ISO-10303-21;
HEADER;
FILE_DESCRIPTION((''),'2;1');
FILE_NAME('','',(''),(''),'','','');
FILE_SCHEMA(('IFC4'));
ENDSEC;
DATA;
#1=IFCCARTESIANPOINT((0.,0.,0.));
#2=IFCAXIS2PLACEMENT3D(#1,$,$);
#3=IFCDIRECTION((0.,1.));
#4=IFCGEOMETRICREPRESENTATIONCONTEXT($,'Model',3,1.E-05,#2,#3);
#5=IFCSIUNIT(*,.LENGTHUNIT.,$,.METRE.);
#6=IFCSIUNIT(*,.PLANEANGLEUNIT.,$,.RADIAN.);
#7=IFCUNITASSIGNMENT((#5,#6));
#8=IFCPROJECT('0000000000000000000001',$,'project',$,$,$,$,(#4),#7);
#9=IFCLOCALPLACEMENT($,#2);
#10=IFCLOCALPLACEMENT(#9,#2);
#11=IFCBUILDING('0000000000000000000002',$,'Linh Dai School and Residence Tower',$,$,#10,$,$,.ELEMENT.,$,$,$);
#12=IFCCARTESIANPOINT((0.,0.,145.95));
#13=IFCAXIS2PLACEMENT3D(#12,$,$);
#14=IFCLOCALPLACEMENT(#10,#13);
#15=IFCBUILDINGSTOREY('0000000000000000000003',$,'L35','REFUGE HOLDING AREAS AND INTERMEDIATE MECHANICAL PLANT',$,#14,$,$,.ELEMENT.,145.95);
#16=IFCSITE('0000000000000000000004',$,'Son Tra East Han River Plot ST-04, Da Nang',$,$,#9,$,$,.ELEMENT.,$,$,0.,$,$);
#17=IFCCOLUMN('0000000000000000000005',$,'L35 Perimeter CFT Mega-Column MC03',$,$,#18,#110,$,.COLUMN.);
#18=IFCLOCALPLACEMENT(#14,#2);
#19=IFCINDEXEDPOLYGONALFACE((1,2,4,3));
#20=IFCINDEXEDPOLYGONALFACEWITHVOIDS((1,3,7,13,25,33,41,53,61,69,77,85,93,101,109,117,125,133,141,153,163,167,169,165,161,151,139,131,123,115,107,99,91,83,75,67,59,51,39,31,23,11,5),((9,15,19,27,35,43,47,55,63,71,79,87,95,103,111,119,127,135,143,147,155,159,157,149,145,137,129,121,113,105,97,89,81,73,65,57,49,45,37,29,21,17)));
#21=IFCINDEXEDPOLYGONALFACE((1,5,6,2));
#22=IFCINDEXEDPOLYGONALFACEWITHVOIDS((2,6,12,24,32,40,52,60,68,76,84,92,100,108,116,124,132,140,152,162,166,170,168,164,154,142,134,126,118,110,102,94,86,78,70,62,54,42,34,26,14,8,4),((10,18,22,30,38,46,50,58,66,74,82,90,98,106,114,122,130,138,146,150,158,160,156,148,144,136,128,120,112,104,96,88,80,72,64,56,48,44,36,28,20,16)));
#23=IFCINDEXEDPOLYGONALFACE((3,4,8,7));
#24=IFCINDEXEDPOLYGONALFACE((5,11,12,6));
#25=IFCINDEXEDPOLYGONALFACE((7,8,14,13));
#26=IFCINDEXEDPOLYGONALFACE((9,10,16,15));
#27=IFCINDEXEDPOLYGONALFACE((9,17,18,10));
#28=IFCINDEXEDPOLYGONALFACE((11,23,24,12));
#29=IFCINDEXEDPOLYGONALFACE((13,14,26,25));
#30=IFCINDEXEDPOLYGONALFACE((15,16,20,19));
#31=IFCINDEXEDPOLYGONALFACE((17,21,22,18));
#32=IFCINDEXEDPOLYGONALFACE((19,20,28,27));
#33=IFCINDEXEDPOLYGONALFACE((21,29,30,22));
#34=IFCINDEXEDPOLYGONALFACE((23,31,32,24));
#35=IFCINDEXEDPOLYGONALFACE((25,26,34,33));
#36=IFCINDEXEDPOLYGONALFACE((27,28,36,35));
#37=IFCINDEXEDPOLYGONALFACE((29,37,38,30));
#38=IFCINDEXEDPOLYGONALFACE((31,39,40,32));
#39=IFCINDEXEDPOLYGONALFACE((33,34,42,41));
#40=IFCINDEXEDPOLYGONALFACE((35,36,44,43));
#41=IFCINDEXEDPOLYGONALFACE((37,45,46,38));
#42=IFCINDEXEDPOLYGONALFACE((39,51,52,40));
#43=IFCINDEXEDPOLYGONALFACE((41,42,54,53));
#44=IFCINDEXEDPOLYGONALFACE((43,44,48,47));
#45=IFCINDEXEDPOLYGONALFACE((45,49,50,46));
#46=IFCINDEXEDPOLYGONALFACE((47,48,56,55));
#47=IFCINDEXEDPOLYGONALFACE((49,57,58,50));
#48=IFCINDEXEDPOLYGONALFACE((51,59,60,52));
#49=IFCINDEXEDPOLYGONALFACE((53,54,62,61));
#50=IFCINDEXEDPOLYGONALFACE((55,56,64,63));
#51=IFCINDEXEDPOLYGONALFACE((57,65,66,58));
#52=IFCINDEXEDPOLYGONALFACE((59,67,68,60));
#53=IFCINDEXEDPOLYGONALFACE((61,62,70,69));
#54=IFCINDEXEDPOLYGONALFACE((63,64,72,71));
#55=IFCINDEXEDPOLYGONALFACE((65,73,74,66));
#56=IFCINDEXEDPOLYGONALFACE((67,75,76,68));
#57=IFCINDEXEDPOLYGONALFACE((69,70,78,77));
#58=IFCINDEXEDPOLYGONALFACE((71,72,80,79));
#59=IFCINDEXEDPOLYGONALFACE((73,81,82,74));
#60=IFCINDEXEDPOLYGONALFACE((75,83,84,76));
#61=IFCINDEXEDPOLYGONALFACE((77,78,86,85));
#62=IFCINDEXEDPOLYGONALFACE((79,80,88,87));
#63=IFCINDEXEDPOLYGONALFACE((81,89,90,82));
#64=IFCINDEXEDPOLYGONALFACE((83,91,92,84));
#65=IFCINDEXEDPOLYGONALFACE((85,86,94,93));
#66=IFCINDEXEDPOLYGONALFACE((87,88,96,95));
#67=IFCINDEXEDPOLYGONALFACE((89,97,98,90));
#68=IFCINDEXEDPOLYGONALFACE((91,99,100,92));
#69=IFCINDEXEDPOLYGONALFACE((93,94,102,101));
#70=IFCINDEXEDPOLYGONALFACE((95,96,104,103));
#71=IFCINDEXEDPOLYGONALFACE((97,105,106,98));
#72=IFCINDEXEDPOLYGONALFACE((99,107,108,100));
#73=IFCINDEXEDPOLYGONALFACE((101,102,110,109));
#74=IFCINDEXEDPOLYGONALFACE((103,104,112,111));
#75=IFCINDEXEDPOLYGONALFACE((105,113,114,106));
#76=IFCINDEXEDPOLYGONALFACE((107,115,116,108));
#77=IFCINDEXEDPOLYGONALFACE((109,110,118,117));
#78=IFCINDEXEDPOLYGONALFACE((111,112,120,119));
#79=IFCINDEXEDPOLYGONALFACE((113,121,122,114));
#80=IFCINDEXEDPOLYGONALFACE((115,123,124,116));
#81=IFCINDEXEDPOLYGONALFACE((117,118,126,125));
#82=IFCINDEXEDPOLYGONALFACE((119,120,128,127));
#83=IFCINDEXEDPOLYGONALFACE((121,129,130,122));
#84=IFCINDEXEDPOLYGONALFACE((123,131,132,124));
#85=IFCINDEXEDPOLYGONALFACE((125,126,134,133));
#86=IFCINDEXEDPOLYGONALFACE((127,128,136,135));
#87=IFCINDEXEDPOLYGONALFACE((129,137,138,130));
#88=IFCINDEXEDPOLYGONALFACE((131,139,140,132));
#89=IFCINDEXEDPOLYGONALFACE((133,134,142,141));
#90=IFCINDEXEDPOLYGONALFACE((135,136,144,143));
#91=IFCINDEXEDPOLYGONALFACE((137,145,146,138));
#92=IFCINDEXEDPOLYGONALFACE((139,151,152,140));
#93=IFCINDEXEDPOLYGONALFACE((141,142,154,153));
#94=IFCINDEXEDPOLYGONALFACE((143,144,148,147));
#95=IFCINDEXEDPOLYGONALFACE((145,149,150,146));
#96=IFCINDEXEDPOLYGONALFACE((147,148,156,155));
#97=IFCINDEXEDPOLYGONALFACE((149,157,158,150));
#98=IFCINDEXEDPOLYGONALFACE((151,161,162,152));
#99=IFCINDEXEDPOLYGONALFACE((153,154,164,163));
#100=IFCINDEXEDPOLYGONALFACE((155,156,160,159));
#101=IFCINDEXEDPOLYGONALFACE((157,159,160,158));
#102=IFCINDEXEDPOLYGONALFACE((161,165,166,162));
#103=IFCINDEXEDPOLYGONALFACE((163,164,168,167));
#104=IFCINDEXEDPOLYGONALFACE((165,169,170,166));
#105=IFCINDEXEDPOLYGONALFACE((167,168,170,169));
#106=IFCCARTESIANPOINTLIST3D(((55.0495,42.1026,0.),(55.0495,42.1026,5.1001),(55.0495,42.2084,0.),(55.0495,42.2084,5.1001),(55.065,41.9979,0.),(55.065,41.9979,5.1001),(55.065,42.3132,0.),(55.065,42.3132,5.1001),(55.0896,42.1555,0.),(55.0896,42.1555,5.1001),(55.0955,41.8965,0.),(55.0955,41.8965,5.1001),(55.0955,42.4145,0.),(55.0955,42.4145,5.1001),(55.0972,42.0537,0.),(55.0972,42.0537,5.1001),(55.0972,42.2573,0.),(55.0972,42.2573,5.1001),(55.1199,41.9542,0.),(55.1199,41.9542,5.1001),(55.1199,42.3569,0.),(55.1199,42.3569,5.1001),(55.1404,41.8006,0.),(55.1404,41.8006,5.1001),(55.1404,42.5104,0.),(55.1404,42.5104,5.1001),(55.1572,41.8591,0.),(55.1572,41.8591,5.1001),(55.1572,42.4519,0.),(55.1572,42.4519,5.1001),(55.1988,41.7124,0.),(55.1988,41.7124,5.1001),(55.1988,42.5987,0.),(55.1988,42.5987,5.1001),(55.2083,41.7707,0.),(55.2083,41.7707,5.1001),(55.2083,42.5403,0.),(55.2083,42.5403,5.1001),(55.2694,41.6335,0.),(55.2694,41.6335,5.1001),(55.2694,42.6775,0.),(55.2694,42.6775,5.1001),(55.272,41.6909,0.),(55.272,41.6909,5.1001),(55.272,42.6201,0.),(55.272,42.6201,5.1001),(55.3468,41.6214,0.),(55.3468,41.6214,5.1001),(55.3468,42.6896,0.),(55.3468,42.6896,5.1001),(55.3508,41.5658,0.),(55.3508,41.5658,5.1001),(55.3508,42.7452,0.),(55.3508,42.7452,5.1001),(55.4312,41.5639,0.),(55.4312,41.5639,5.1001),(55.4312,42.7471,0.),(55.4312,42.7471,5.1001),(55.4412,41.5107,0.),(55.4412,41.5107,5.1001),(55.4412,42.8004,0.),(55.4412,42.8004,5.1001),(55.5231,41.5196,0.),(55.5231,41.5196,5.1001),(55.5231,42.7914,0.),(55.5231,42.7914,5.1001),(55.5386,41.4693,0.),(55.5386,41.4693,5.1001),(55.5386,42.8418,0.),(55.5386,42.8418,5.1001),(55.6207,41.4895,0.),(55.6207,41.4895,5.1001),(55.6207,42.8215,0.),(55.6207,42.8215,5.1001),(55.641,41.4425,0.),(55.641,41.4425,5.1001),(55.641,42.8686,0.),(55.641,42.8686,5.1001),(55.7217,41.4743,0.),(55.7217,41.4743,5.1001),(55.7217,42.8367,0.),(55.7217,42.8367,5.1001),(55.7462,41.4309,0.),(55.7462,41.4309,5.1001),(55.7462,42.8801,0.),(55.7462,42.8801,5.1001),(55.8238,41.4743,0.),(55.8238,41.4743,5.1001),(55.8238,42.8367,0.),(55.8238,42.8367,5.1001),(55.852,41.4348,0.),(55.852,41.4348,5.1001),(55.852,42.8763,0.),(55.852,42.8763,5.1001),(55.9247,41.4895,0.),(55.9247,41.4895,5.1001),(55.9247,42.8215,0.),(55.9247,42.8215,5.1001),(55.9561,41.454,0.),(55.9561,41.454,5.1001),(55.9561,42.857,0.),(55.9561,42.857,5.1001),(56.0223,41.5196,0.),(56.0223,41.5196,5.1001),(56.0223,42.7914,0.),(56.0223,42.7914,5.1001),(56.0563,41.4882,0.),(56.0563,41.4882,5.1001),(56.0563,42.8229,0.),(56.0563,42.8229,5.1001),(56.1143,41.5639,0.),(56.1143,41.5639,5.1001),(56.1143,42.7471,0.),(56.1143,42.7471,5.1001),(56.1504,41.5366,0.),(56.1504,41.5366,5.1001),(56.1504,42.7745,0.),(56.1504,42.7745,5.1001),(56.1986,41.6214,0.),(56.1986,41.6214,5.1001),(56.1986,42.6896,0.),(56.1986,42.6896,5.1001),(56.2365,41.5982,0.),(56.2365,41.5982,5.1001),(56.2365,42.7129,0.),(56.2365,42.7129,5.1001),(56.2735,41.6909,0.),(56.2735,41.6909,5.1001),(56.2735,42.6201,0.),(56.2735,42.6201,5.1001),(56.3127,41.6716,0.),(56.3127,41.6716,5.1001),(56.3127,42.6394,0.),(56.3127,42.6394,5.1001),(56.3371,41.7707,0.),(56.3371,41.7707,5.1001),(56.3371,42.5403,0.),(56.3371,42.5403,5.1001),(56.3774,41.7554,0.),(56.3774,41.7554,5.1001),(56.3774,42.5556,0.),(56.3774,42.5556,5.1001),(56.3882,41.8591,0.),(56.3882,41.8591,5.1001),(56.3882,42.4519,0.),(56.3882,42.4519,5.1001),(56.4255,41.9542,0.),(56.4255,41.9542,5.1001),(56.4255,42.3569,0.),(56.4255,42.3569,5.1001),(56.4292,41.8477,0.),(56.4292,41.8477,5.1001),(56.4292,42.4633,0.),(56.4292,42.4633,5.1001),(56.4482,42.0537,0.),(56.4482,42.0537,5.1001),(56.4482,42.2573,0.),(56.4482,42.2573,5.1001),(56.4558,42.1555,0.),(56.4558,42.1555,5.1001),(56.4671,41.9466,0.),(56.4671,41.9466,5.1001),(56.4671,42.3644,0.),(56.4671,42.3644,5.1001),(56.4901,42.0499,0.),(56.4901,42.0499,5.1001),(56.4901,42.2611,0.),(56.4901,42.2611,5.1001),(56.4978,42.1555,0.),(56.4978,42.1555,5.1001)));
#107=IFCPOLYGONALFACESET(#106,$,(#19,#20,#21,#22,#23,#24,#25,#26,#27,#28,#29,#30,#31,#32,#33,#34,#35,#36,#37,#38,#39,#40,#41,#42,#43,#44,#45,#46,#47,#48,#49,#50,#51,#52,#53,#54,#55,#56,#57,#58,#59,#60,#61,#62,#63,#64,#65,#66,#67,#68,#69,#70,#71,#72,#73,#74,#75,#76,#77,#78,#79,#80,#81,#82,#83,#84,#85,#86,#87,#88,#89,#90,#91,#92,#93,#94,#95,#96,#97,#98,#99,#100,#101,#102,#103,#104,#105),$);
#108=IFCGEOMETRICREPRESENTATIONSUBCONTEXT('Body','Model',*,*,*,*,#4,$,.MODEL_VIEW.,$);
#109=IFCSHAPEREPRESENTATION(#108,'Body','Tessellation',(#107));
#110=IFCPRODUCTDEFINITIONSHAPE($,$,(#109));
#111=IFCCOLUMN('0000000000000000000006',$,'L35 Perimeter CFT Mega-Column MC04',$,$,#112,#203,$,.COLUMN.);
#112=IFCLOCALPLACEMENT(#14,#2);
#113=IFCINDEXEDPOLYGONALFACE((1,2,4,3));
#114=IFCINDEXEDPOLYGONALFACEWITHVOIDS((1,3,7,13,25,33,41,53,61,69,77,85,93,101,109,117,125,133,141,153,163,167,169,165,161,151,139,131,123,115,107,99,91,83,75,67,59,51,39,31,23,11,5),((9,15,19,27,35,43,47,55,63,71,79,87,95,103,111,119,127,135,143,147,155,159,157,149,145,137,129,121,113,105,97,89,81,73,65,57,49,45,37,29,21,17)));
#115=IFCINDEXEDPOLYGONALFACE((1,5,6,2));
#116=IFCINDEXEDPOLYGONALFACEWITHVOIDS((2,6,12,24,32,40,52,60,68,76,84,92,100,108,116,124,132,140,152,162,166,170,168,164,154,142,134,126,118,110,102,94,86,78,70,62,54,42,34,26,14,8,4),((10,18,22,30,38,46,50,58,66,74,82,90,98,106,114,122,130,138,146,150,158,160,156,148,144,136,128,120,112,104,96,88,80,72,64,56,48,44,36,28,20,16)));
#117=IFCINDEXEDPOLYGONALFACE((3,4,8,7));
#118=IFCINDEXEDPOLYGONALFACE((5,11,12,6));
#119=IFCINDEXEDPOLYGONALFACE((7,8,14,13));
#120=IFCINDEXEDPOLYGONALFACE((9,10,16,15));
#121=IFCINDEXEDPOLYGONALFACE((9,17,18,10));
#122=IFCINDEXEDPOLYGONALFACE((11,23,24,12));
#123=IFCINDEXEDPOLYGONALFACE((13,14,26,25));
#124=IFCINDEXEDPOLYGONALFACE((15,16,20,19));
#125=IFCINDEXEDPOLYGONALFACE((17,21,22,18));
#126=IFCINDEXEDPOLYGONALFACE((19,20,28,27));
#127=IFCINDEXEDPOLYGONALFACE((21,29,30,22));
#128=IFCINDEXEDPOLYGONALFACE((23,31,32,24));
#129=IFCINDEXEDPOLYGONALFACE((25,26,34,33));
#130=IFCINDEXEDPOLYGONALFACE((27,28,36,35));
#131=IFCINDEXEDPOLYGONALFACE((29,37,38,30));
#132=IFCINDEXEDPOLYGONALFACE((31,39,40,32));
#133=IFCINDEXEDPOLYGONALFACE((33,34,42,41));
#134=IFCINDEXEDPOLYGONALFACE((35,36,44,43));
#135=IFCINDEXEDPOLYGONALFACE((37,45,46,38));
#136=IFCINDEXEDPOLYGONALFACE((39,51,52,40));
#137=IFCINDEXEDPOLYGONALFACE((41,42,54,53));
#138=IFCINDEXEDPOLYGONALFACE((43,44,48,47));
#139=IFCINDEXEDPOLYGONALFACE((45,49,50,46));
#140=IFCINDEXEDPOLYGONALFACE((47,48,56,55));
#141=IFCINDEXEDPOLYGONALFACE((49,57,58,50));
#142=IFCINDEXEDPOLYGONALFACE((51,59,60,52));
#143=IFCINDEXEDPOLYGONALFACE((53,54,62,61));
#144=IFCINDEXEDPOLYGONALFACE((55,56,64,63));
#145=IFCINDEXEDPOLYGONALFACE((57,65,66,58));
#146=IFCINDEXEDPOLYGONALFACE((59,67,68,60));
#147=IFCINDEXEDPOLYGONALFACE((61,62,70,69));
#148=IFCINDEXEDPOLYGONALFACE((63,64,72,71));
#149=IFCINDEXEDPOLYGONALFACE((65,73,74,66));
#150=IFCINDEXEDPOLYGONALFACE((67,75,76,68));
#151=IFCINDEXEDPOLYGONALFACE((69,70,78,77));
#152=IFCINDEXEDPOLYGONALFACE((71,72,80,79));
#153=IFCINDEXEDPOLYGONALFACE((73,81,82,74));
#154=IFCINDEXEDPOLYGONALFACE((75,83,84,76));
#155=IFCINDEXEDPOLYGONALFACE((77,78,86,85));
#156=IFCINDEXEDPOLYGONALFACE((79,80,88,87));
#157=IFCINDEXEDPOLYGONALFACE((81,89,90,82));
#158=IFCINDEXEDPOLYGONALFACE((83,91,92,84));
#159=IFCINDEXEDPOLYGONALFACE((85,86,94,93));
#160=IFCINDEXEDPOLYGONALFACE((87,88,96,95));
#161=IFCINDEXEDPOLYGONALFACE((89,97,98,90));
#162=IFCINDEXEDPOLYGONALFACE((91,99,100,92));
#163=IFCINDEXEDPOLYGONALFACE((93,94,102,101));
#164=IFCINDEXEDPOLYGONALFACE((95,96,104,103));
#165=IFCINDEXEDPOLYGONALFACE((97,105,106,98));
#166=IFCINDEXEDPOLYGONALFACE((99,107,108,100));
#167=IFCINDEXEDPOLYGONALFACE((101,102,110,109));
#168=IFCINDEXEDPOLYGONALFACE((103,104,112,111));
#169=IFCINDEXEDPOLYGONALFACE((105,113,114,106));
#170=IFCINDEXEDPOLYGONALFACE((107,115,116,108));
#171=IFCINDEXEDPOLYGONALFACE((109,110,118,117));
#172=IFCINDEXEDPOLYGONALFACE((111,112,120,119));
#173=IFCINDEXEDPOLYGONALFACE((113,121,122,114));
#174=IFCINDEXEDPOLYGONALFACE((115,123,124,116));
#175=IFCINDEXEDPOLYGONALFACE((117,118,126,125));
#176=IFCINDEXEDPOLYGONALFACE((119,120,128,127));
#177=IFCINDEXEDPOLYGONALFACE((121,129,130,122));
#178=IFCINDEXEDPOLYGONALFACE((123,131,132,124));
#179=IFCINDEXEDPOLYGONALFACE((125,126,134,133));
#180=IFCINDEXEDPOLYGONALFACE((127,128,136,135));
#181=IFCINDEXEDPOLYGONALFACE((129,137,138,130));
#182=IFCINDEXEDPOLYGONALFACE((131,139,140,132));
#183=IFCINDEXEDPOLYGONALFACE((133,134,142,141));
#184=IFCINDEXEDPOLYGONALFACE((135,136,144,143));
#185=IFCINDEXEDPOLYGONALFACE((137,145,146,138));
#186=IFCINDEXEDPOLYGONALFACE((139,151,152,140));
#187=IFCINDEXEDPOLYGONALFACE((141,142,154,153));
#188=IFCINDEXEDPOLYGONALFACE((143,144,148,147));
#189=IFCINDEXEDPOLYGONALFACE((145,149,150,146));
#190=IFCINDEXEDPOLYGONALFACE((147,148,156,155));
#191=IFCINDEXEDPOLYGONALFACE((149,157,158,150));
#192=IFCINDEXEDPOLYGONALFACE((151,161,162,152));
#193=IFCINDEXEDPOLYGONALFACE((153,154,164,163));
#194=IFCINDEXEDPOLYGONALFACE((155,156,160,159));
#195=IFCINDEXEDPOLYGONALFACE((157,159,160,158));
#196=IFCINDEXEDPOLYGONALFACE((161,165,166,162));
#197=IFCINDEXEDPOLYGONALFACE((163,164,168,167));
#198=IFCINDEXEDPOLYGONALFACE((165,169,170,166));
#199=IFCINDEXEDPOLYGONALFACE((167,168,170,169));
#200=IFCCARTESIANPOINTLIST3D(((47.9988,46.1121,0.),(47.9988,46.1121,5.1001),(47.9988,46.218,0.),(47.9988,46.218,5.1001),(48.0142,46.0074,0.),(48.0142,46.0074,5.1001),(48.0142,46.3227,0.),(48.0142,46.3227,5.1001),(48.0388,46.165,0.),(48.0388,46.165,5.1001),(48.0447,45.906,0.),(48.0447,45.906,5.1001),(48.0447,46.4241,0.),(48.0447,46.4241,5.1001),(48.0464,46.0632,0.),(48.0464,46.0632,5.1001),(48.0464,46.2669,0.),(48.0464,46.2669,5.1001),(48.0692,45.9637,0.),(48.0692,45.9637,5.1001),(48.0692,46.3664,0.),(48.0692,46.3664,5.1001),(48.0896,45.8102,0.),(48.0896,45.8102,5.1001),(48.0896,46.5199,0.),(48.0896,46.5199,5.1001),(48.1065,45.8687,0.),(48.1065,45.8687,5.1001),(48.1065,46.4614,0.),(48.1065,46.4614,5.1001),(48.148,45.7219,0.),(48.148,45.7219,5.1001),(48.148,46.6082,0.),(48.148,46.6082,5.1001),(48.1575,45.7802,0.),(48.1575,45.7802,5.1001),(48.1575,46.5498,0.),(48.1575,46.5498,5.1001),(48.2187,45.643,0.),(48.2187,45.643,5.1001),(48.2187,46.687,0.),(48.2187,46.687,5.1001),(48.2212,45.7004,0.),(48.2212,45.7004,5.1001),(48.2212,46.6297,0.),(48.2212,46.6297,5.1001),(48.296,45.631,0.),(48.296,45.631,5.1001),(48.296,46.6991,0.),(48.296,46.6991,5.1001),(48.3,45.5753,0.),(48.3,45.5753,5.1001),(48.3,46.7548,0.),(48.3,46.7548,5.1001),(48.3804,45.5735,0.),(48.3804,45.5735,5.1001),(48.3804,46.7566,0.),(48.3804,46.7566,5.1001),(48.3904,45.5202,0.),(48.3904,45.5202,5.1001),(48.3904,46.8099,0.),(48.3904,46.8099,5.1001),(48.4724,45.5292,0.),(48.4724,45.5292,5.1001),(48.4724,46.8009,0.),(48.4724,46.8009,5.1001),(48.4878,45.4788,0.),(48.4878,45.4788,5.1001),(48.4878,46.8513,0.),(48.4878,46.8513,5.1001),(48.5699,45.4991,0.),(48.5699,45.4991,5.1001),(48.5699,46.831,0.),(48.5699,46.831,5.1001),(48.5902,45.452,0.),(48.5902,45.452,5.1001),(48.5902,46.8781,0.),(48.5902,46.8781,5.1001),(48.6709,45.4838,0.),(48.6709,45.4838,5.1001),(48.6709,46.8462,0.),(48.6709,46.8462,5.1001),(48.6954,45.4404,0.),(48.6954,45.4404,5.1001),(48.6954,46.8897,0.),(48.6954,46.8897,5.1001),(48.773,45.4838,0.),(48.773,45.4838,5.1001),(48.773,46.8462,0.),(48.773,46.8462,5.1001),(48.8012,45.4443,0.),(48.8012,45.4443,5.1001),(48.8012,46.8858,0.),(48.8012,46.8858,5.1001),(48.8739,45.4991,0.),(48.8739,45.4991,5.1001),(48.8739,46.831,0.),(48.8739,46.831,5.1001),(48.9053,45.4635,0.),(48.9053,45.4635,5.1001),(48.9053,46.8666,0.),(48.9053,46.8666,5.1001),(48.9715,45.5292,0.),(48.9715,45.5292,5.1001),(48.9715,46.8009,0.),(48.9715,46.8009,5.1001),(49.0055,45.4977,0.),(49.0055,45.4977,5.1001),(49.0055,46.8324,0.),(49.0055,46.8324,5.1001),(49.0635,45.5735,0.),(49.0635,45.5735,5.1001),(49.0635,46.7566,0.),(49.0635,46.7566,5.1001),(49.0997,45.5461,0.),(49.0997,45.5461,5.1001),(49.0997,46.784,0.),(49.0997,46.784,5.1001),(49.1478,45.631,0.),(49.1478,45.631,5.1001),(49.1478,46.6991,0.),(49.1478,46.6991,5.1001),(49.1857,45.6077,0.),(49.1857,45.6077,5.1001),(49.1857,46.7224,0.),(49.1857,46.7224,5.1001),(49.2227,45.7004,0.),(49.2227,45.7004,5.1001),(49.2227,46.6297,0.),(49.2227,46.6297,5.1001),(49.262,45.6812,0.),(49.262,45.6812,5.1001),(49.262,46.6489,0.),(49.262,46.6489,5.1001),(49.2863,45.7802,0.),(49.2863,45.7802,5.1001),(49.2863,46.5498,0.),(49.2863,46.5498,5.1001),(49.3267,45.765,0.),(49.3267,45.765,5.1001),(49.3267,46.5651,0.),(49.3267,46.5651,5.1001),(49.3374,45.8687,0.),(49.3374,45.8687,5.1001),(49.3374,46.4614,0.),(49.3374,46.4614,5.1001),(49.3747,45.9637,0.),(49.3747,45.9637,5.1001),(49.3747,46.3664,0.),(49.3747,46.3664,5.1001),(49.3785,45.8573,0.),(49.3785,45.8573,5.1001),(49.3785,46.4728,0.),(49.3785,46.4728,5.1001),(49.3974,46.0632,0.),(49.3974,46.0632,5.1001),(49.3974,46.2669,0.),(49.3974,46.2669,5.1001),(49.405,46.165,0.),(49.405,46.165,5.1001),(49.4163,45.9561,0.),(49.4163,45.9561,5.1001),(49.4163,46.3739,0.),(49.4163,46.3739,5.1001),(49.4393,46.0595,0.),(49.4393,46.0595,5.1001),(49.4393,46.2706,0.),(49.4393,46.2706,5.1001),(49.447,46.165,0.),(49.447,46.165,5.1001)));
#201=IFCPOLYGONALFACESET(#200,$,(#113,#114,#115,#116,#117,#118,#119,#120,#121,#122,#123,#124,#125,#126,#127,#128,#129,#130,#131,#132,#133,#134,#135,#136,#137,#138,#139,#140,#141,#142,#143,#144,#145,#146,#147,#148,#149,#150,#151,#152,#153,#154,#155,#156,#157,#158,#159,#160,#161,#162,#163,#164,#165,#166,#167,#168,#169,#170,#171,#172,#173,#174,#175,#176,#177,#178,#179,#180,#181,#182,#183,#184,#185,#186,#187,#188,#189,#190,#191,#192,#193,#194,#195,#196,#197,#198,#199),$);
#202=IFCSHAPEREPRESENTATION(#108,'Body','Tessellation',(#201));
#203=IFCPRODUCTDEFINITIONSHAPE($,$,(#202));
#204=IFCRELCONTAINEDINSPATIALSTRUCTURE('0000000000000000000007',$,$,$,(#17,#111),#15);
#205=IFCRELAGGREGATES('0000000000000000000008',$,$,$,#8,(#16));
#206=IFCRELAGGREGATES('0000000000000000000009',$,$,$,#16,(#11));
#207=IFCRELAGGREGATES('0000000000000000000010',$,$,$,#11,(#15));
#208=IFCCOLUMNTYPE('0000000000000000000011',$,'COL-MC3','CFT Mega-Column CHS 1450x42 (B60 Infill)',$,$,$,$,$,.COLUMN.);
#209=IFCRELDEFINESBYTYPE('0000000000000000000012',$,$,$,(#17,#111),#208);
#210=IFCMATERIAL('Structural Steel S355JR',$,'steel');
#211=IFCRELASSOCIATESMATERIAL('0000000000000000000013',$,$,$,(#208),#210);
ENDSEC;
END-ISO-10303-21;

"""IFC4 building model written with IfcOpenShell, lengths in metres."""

from ifc_helpers import new_model, si_unit, direction, frame, origin, origin_2d, place, context, subcontext, project, spatial, hollow_circle, extrude, material, material_profile, profile_set, type_object, element, save


model = new_model("IFC4")

# Units and contexts
model_context = context("Model", 3, precision=1e-05, world=origin(), true_north=direction((0.0, 1.0)))
body_context = subcontext(model_context, "Body", "Model", "MODEL_VIEW")
ifc_project = project(units=[si_unit("LENGTHUNIT", "METRE"), si_unit("PLANEANGLEUNIT", "RADIAN")], contexts=[model_context])

# Site, building, storey
site_placement = place(None, origin())
site = spatial("IfcSite", under=ifc_project, at=site_placement, Name="Son Tra East Han River Plot ST-04, Da Nang", CompositionType="ELEMENT", RefElevation=0.0)
building_placement = place(site_placement, origin())
building = spatial("IfcBuilding", under=site, at=building_placement, Name="Linh Dai School and Residence Tower", CompositionType="ELEMENT")
storey_placement = place(building_placement, frame((0.0, 0.0, 145.95)))
storey = spatial("IfcBuildingStorey", under=building, at=storey_placement, Name="L35", Description="REFUGE HOLDING AREAS AND INTERMEDIATE MECHANICAL PLANT", CompositionType="ELEMENT", Elevation=145.95)

# Columns
ifc_material_1 = material(Name="Structural Steel S355JR", Category="steel")
ifc_material_profile_1 = material_profile(ifc_material_1, hollow_circle(Radius=0.7251, WallThickness=0.042, at=origin_2d()), Name="CHS 1450x42")
ifc_profile_set_1 = profile_set([ifc_material_profile_1], Name="Structural Steel S355JR")
column_type = type_object("IfcColumnType", Name="COL-MC3", Description="CFT Mega-Column CHS 1450x42 (B60 Infill)", PredefinedType="COLUMN", material=ifc_profile_set_1)
for number, where, z_axis, x_axis, name in (
    (1, (55.7727, 42.1555, 0.0), (0.0, 0.0, 1.0), (1.0, 0.0, 0.0), "L35 Perimeter CFT Mega-Column MC03"),
    (2, (48.7219, 46.165, 0.0), (0.0, 0.0, 1.0), (1.0, 0.0, 0.0), "L35 Perimeter CFT Mega-Column MC04"),
):
    element("IfcColumn", number, at=place(storey_placement, frame(where, z_axis=z_axis, x_axis=x_axis)), inside=storey, type_object=column_type, Name=name, PredefinedType="COLUMN", context=body_context, shape_type="SweptSolid", body=[
        extrude(hollow_circle(Radius=0.7251, WallThickness=0.042, at=origin_2d()), origin(), (0.0, 0.0, 1.0), 5.1001),
    ])

save(model, "model.ifc")
